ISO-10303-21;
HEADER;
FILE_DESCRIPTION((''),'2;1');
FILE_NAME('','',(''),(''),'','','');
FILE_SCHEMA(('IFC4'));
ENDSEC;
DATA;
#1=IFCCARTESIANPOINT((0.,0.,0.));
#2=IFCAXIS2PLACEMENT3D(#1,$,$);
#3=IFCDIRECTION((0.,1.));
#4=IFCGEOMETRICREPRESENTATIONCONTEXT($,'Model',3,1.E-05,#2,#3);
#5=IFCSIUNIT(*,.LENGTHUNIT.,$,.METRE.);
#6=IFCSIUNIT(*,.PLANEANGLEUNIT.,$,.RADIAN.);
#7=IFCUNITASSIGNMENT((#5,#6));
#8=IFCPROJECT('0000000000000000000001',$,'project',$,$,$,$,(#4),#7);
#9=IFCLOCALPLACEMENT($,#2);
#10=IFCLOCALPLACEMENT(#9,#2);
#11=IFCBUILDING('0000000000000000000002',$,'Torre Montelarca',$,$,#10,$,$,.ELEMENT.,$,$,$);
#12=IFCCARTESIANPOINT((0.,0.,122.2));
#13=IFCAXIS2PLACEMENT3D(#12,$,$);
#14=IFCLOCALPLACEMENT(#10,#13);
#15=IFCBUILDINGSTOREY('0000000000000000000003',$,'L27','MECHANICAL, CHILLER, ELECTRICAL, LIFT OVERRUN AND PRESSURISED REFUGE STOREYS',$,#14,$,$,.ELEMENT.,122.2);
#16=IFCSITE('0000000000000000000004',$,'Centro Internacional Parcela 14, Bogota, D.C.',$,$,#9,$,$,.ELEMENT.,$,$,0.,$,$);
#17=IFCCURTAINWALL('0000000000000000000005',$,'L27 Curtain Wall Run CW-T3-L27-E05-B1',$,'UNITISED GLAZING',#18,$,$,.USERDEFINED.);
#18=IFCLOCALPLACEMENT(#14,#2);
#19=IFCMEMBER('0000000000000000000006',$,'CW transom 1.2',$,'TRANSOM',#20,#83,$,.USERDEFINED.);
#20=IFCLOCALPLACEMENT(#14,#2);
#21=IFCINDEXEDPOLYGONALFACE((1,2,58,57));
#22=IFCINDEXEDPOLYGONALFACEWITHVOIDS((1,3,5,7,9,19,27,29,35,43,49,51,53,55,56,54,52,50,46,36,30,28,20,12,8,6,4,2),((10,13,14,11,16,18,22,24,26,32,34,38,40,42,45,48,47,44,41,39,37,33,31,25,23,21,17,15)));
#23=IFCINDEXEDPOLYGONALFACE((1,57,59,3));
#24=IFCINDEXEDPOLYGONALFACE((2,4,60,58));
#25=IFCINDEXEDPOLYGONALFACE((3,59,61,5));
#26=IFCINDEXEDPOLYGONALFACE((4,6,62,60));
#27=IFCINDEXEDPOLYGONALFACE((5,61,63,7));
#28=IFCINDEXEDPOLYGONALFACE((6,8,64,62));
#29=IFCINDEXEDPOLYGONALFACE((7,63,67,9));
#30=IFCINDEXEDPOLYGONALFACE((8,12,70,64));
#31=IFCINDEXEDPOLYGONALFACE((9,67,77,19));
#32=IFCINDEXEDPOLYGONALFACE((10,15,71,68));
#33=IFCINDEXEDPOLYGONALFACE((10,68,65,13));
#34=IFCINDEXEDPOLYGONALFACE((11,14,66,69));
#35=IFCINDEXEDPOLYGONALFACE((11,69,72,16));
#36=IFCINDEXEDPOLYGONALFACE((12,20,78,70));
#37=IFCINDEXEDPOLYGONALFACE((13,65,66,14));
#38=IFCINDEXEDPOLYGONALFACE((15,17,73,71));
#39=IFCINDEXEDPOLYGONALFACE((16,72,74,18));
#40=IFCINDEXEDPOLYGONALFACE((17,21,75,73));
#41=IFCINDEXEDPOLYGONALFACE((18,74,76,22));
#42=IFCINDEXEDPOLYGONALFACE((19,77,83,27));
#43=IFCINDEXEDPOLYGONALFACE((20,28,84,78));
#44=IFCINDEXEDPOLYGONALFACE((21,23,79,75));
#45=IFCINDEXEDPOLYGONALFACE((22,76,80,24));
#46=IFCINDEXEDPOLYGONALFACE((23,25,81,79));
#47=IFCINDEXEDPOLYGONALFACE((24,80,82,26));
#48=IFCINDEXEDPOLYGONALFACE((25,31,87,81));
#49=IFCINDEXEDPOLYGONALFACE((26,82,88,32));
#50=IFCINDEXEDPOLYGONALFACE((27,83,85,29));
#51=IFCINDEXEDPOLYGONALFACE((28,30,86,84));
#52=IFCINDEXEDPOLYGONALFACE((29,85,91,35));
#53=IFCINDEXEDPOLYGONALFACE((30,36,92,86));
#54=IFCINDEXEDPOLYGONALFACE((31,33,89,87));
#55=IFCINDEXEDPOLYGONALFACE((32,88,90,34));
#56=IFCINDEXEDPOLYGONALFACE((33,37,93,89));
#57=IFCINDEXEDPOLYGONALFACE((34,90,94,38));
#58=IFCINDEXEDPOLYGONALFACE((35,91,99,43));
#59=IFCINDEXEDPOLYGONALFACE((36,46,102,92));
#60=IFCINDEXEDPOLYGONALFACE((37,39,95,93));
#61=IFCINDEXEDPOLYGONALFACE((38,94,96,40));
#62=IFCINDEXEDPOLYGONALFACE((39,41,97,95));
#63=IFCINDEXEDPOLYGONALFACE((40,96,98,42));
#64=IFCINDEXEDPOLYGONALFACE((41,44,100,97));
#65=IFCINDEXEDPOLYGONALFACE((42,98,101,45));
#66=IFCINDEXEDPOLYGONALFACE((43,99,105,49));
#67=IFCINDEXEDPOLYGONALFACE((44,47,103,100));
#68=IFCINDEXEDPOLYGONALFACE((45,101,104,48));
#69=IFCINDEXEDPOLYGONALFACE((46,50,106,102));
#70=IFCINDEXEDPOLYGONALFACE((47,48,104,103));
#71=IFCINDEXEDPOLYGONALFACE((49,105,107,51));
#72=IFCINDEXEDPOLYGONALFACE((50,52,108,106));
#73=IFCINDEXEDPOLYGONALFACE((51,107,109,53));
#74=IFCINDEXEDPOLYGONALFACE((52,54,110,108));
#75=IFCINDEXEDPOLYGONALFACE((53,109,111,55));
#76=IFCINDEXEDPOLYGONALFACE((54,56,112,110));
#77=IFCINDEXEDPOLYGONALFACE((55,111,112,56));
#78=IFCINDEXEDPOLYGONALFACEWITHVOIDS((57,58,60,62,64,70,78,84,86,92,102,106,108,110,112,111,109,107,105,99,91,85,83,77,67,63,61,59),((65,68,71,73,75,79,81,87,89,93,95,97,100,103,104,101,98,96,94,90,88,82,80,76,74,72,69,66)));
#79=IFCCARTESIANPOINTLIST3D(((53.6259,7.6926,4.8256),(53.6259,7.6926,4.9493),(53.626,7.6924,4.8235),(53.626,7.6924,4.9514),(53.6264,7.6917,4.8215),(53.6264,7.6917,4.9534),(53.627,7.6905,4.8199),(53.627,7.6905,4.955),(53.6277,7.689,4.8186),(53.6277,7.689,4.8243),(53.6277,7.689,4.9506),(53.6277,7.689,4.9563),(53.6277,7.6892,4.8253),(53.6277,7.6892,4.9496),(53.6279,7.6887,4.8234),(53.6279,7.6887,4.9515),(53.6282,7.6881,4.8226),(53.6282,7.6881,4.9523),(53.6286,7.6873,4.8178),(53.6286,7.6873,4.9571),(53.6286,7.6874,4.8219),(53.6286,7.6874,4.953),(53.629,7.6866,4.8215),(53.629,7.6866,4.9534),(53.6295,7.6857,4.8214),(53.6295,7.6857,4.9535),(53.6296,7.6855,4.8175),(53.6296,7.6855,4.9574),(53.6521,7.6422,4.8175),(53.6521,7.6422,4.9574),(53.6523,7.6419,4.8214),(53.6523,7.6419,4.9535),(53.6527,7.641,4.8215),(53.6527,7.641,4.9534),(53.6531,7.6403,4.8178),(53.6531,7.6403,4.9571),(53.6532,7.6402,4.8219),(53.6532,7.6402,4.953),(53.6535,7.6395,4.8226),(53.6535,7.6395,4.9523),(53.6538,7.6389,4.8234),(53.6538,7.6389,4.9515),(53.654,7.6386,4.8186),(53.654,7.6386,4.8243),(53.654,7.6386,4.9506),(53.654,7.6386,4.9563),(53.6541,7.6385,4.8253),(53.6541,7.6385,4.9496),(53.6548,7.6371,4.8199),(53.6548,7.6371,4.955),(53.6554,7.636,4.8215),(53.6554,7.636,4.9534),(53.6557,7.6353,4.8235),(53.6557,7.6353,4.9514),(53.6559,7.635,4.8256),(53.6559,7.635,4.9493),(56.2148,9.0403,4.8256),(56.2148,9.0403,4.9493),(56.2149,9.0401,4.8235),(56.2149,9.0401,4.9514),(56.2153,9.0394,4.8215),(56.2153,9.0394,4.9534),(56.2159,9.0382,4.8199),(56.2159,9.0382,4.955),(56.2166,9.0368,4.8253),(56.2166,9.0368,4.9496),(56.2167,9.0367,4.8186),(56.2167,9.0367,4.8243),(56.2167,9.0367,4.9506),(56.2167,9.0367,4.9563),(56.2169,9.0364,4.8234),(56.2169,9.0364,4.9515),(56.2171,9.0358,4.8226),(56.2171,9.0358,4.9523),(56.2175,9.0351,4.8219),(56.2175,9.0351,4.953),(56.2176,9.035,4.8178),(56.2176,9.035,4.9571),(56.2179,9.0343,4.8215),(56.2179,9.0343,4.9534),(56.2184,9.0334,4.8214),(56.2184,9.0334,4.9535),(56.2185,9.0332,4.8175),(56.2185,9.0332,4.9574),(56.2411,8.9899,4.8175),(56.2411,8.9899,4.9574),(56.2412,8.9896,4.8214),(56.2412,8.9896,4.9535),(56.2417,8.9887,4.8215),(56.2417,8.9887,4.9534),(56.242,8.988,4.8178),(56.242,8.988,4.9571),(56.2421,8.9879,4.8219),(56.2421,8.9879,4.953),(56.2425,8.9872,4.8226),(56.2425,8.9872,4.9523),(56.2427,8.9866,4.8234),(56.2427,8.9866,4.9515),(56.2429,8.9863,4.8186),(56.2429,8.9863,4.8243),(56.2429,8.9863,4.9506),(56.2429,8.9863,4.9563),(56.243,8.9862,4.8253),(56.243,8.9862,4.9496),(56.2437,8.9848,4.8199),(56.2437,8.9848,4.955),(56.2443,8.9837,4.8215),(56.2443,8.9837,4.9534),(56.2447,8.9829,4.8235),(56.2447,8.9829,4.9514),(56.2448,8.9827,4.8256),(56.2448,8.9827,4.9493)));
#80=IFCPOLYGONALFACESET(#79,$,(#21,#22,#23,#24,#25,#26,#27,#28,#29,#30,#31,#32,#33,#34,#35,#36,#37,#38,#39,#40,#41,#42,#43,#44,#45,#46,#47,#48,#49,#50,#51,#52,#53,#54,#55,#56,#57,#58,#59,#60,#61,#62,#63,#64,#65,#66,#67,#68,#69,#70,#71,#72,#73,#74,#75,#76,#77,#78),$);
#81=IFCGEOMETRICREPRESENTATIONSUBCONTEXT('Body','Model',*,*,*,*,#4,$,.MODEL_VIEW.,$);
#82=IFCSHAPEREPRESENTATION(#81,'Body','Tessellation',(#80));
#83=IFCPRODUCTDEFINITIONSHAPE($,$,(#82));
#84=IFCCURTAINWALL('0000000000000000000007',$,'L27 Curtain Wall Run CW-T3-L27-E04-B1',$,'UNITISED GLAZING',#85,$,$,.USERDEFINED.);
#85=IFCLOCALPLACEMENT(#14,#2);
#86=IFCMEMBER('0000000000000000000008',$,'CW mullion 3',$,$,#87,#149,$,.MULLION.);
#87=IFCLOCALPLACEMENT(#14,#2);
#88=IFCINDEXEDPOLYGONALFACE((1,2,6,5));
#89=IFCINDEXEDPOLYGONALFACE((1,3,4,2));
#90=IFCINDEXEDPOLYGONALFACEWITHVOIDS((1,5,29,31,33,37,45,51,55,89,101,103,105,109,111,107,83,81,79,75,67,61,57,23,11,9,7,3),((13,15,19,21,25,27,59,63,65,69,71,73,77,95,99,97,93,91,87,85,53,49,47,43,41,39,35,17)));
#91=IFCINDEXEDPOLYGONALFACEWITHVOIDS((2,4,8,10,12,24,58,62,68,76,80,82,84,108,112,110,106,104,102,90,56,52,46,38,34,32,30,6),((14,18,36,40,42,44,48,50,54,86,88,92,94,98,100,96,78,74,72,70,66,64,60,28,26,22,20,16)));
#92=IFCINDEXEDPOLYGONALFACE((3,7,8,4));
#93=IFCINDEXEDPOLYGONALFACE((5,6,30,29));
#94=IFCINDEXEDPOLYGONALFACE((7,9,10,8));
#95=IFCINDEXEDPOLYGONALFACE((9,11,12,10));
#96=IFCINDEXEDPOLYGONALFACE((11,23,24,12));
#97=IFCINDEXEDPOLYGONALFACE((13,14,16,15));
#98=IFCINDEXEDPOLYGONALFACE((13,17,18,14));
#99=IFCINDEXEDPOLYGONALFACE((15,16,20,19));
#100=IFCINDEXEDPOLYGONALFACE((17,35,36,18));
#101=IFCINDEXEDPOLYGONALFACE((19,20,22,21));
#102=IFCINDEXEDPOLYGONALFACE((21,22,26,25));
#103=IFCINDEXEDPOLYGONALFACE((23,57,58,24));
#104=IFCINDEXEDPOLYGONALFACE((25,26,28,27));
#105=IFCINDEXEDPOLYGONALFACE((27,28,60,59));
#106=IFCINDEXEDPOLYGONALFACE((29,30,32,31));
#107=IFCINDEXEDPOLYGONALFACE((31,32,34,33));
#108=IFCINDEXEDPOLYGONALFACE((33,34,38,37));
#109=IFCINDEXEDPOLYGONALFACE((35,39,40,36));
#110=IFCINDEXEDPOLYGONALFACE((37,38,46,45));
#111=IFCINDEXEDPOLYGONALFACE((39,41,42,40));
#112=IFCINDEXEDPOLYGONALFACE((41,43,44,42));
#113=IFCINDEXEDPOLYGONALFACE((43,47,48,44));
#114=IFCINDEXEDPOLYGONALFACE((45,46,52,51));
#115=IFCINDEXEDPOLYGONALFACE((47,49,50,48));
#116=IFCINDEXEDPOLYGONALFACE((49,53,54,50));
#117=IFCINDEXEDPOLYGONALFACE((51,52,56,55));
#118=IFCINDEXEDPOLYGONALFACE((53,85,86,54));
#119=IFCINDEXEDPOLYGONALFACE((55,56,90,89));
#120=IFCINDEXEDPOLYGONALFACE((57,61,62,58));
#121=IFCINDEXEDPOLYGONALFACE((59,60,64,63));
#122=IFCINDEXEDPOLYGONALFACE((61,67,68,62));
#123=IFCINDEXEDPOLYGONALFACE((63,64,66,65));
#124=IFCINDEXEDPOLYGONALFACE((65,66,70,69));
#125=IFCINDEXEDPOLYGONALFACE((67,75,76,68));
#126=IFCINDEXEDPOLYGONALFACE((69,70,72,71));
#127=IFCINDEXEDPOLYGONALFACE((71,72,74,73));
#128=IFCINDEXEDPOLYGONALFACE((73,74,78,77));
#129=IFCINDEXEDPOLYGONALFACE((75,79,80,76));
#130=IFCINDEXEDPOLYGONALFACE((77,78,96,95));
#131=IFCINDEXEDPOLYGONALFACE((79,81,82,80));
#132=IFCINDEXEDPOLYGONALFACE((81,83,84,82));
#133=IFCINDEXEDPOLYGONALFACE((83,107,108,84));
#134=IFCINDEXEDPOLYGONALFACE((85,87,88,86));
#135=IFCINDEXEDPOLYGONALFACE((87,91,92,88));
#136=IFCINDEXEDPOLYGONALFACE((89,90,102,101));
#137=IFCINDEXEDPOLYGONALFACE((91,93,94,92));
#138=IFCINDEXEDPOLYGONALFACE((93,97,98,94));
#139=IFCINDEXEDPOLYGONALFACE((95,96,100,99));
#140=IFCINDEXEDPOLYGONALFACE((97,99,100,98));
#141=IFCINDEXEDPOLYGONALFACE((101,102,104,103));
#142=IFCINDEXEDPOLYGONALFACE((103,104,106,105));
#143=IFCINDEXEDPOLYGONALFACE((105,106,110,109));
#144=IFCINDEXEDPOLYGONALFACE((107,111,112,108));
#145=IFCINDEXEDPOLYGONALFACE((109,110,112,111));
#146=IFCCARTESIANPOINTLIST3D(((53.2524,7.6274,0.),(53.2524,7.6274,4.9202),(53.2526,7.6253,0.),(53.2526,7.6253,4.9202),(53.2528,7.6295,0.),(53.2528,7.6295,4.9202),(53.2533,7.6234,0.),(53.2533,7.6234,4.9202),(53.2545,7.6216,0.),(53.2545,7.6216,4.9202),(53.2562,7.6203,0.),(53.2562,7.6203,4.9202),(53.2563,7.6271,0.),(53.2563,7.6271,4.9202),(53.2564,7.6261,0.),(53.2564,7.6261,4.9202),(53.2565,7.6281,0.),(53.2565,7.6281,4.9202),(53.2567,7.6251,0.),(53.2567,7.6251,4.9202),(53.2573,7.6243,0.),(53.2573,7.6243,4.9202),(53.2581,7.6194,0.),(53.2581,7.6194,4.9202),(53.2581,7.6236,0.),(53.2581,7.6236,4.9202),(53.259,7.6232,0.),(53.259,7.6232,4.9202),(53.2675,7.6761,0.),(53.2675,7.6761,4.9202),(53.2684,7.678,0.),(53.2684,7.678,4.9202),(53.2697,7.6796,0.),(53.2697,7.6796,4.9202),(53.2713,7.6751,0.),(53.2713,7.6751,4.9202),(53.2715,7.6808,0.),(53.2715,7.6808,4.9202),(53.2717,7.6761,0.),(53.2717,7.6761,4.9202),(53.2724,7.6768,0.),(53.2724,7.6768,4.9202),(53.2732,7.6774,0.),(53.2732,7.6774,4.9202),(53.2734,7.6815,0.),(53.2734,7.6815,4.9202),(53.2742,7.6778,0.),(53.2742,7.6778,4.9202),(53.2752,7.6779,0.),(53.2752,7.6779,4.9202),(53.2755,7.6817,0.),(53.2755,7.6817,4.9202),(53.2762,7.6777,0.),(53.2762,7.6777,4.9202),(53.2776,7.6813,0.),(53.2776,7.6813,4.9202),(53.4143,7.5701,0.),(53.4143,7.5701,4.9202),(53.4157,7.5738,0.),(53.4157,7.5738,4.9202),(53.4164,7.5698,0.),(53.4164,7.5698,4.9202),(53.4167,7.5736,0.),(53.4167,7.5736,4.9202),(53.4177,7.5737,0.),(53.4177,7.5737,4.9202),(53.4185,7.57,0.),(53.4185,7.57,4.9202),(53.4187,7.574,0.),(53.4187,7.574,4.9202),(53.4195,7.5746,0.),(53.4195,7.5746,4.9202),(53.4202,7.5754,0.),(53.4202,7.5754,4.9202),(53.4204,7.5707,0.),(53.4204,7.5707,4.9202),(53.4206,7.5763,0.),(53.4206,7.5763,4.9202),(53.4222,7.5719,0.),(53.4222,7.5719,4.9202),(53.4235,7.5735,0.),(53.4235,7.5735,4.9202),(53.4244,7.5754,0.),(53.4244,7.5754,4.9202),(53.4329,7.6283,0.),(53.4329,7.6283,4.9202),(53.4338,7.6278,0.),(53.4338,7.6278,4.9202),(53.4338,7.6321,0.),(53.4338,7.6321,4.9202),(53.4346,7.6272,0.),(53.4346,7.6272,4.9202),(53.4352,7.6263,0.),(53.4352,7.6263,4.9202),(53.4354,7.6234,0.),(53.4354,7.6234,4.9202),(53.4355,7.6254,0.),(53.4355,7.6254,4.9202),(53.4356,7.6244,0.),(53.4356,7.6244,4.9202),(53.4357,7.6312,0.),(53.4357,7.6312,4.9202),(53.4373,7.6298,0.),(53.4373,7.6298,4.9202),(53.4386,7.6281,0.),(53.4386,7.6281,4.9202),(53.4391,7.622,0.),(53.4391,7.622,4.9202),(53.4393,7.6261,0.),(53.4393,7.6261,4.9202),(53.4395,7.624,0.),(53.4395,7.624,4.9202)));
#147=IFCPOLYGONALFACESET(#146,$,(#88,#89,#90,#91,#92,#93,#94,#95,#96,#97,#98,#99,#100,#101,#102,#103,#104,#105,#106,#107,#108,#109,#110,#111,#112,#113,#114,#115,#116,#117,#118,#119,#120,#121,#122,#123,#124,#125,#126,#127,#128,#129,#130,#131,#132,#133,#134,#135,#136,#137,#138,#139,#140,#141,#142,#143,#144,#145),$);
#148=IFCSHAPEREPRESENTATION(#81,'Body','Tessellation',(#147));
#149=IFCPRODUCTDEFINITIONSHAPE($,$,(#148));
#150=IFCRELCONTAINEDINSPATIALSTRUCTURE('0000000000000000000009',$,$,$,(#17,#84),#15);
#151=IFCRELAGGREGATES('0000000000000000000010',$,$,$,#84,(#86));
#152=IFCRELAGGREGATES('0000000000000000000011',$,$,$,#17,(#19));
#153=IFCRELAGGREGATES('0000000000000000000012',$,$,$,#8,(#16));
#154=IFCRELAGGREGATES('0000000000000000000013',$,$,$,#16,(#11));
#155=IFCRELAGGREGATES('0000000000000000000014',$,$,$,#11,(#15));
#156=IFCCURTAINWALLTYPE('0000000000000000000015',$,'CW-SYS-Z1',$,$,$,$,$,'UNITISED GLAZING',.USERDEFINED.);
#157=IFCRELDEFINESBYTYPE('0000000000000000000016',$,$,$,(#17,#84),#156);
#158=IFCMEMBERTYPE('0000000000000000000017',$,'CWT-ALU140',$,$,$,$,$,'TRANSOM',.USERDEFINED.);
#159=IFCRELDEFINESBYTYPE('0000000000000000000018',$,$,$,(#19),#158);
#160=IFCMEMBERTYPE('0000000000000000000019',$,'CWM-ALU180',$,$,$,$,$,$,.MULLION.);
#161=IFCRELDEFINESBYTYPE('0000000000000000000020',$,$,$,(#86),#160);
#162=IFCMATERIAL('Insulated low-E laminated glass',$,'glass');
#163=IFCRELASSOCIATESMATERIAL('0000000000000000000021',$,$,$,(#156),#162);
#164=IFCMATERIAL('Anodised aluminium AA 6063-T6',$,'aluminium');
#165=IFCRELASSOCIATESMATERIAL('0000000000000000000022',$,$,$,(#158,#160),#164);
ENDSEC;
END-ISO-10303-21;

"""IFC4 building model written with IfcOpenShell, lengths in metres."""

from ifc_helpers import new_model, si_unit, direction, frame, origin, origin_2d, place, context, subcontext, project, spatial, hollow_rectangle, extrude, source, transform, mapped, material, material_profile, profile_set, type_object, element, aggregate, save


model = new_model("IFC4")

# Units and contexts
model_context = context("Model", 3, precision=1e-05, world=origin(), true_north=direction((0.0, 1.0)))
body_context = subcontext(model_context, "Body", "Model", "MODEL_VIEW")
ifc_project = project(units=[si_unit("LENGTHUNIT", "METRE"), si_unit("PLANEANGLEUNIT", "RADIAN")], contexts=[model_context])

# Site, building, storey
site_placement = place(None, origin())
site = spatial("IfcSite", under=ifc_project, at=site_placement, Name="Centro Internacional Parcela 14, Bogota, D.C.", CompositionType="ELEMENT", RefElevation=0.0)
building_placement = place(site_placement, origin())
building = spatial("IfcBuilding", under=site, at=building_placement, Name="Torre Montelarca", CompositionType="ELEMENT")
storey_placement = place(building_placement, frame((0.0, 0.0, 122.2)))
storey = spatial("IfcBuildingStorey", under=building, at=storey_placement, Name="L27", Description="MECHANICAL, CHILLER, ELECTRICAL, LIFT OVERRUN AND PRESSURISED REFUGE STOREYS", CompositionType="ELEMENT", Elevation=122.2)

# Curtain wall, member
ifc_material_1 = material(Name="Insulated low-E laminated glass", Category="glass")
curtain_wall_type = type_object("IfcCurtainWallType", Name="CW-SYS-Z1", ElementType="UNITISED GLAZING", PredefinedType="USERDEFINED", material=ifc_material_1)
curtain_wall_1_placement = place(storey_placement, origin())
curtain_wall_1 = element("IfcCurtainWall", 1, at=curtain_wall_1_placement, inside=storey, type_object=curtain_wall_type, Name="L27 Curtain Wall Run CW-T3-L27-E05-B1", ObjectType="UNITISED GLAZING", PredefinedType="USERDEFINED")
ifc_material_2 = material(Name="Anodised aluminium AA 6063-T6", Category="aluminium")
ifc_material_profile_1 = material_profile(ifc_material_2, hollow_rectangle(XDim=0.0649, YDim=0.1399, WallThickness=0.0039, InnerFilletRadius=0.0039, OuterFilletRadius=0.0081, at=origin_2d()), Name="ALU65X140X4", Category="aluminium")
ifc_profile_set_1 = profile_set([ifc_material_profile_1], Name="Anodised aluminium AA 6063-T6")
member_type_1 = type_object("IfcMemberType", Name="CWT-ALU140", ElementType="TRANSOM", PredefinedType="USERDEFINED", material=ifc_profile_set_1)
shared_shape_1 = source(origin(), body_context, "Body", "SweptSolid", [
    extrude(hollow_rectangle(XDim=0.0649, YDim=0.1399, WallThickness=0.0039, InnerFilletRadius=0.0039, OuterFilletRadius=0.0081, at=origin_2d()), origin(), (0.0, 0.0, 1.0), 2.9187),
])
member_1_placement = place(storey_placement, frame((53.6409, 7.6638, 4.8875), z_axis=(0.887014, 0.461742, 0.0), x_axis=(-0.461742, 0.887014, 0.0)))
member_1 = element("IfcMember", 2, at=member_1_placement, type_object=member_type_1, Name="CW transom 1.2", ObjectType="TRANSOM", PredefinedType="USERDEFINED", context=body_context, shape_type="MappedRepresentation", body=[
    mapped(shared_shape_1, transform((0.0, 0.0, 0.0), scale=1.0)),
])

# Curtain wall, member
curtain_wall_2_placement = place(storey_placement, origin())
curtain_wall_2 = element("IfcCurtainWall", 3, at=curtain_wall_2_placement, inside=storey, type_object=curtain_wall_type, Name="L27 Curtain Wall Run CW-T3-L27-E04-B1", ObjectType="UNITISED GLAZING", PredefinedType="USERDEFINED")
ifc_material_profile_2 = material_profile(ifc_material_2, hollow_rectangle(XDim=0.0649, YDim=0.1799, WallThickness=0.0039, InnerFilletRadius=0.0039, OuterFilletRadius=0.0081, at=origin_2d()), Name="ALU65X180X4", Category="aluminium")
ifc_profile_set_2 = profile_set([ifc_material_profile_2], Name="Anodised aluminium AA 6063-T6")
member_type_2 = type_object("IfcMemberType", Name="CWM-ALU180", PredefinedType="MULLION", material=ifc_profile_set_2)
shared_shape_2 = source(origin(), body_context, "Body", "SweptSolid", [
    extrude(hollow_rectangle(XDim=0.0649, YDim=0.1799, WallThickness=0.0039, InnerFilletRadius=0.0039, OuterFilletRadius=0.0081, at=origin_2d()), origin(), (0.0, 0.0, 1.0), 4.9202),
])
member_2_placement = place(storey_placement, frame((53.3459, 7.6257, 0.0), z_axis=(0.0, 0.0, 1.0), x_axis=(0.300701, 0.953719, 0.0)))
member_2 = element("IfcMember", 4, at=member_2_placement, type_object=member_type_2, Name="CW mullion 3", PredefinedType="MULLION", context=body_context, shape_type="MappedRepresentation", body=[
    mapped(shared_shape_2, transform((0.0, 0.0, 0.0), scale=1.0)),
])

aggregate(curtain_wall_2, [member_2])
aggregate(curtain_wall_1, [member_1])

save(model, "model.ifc")
